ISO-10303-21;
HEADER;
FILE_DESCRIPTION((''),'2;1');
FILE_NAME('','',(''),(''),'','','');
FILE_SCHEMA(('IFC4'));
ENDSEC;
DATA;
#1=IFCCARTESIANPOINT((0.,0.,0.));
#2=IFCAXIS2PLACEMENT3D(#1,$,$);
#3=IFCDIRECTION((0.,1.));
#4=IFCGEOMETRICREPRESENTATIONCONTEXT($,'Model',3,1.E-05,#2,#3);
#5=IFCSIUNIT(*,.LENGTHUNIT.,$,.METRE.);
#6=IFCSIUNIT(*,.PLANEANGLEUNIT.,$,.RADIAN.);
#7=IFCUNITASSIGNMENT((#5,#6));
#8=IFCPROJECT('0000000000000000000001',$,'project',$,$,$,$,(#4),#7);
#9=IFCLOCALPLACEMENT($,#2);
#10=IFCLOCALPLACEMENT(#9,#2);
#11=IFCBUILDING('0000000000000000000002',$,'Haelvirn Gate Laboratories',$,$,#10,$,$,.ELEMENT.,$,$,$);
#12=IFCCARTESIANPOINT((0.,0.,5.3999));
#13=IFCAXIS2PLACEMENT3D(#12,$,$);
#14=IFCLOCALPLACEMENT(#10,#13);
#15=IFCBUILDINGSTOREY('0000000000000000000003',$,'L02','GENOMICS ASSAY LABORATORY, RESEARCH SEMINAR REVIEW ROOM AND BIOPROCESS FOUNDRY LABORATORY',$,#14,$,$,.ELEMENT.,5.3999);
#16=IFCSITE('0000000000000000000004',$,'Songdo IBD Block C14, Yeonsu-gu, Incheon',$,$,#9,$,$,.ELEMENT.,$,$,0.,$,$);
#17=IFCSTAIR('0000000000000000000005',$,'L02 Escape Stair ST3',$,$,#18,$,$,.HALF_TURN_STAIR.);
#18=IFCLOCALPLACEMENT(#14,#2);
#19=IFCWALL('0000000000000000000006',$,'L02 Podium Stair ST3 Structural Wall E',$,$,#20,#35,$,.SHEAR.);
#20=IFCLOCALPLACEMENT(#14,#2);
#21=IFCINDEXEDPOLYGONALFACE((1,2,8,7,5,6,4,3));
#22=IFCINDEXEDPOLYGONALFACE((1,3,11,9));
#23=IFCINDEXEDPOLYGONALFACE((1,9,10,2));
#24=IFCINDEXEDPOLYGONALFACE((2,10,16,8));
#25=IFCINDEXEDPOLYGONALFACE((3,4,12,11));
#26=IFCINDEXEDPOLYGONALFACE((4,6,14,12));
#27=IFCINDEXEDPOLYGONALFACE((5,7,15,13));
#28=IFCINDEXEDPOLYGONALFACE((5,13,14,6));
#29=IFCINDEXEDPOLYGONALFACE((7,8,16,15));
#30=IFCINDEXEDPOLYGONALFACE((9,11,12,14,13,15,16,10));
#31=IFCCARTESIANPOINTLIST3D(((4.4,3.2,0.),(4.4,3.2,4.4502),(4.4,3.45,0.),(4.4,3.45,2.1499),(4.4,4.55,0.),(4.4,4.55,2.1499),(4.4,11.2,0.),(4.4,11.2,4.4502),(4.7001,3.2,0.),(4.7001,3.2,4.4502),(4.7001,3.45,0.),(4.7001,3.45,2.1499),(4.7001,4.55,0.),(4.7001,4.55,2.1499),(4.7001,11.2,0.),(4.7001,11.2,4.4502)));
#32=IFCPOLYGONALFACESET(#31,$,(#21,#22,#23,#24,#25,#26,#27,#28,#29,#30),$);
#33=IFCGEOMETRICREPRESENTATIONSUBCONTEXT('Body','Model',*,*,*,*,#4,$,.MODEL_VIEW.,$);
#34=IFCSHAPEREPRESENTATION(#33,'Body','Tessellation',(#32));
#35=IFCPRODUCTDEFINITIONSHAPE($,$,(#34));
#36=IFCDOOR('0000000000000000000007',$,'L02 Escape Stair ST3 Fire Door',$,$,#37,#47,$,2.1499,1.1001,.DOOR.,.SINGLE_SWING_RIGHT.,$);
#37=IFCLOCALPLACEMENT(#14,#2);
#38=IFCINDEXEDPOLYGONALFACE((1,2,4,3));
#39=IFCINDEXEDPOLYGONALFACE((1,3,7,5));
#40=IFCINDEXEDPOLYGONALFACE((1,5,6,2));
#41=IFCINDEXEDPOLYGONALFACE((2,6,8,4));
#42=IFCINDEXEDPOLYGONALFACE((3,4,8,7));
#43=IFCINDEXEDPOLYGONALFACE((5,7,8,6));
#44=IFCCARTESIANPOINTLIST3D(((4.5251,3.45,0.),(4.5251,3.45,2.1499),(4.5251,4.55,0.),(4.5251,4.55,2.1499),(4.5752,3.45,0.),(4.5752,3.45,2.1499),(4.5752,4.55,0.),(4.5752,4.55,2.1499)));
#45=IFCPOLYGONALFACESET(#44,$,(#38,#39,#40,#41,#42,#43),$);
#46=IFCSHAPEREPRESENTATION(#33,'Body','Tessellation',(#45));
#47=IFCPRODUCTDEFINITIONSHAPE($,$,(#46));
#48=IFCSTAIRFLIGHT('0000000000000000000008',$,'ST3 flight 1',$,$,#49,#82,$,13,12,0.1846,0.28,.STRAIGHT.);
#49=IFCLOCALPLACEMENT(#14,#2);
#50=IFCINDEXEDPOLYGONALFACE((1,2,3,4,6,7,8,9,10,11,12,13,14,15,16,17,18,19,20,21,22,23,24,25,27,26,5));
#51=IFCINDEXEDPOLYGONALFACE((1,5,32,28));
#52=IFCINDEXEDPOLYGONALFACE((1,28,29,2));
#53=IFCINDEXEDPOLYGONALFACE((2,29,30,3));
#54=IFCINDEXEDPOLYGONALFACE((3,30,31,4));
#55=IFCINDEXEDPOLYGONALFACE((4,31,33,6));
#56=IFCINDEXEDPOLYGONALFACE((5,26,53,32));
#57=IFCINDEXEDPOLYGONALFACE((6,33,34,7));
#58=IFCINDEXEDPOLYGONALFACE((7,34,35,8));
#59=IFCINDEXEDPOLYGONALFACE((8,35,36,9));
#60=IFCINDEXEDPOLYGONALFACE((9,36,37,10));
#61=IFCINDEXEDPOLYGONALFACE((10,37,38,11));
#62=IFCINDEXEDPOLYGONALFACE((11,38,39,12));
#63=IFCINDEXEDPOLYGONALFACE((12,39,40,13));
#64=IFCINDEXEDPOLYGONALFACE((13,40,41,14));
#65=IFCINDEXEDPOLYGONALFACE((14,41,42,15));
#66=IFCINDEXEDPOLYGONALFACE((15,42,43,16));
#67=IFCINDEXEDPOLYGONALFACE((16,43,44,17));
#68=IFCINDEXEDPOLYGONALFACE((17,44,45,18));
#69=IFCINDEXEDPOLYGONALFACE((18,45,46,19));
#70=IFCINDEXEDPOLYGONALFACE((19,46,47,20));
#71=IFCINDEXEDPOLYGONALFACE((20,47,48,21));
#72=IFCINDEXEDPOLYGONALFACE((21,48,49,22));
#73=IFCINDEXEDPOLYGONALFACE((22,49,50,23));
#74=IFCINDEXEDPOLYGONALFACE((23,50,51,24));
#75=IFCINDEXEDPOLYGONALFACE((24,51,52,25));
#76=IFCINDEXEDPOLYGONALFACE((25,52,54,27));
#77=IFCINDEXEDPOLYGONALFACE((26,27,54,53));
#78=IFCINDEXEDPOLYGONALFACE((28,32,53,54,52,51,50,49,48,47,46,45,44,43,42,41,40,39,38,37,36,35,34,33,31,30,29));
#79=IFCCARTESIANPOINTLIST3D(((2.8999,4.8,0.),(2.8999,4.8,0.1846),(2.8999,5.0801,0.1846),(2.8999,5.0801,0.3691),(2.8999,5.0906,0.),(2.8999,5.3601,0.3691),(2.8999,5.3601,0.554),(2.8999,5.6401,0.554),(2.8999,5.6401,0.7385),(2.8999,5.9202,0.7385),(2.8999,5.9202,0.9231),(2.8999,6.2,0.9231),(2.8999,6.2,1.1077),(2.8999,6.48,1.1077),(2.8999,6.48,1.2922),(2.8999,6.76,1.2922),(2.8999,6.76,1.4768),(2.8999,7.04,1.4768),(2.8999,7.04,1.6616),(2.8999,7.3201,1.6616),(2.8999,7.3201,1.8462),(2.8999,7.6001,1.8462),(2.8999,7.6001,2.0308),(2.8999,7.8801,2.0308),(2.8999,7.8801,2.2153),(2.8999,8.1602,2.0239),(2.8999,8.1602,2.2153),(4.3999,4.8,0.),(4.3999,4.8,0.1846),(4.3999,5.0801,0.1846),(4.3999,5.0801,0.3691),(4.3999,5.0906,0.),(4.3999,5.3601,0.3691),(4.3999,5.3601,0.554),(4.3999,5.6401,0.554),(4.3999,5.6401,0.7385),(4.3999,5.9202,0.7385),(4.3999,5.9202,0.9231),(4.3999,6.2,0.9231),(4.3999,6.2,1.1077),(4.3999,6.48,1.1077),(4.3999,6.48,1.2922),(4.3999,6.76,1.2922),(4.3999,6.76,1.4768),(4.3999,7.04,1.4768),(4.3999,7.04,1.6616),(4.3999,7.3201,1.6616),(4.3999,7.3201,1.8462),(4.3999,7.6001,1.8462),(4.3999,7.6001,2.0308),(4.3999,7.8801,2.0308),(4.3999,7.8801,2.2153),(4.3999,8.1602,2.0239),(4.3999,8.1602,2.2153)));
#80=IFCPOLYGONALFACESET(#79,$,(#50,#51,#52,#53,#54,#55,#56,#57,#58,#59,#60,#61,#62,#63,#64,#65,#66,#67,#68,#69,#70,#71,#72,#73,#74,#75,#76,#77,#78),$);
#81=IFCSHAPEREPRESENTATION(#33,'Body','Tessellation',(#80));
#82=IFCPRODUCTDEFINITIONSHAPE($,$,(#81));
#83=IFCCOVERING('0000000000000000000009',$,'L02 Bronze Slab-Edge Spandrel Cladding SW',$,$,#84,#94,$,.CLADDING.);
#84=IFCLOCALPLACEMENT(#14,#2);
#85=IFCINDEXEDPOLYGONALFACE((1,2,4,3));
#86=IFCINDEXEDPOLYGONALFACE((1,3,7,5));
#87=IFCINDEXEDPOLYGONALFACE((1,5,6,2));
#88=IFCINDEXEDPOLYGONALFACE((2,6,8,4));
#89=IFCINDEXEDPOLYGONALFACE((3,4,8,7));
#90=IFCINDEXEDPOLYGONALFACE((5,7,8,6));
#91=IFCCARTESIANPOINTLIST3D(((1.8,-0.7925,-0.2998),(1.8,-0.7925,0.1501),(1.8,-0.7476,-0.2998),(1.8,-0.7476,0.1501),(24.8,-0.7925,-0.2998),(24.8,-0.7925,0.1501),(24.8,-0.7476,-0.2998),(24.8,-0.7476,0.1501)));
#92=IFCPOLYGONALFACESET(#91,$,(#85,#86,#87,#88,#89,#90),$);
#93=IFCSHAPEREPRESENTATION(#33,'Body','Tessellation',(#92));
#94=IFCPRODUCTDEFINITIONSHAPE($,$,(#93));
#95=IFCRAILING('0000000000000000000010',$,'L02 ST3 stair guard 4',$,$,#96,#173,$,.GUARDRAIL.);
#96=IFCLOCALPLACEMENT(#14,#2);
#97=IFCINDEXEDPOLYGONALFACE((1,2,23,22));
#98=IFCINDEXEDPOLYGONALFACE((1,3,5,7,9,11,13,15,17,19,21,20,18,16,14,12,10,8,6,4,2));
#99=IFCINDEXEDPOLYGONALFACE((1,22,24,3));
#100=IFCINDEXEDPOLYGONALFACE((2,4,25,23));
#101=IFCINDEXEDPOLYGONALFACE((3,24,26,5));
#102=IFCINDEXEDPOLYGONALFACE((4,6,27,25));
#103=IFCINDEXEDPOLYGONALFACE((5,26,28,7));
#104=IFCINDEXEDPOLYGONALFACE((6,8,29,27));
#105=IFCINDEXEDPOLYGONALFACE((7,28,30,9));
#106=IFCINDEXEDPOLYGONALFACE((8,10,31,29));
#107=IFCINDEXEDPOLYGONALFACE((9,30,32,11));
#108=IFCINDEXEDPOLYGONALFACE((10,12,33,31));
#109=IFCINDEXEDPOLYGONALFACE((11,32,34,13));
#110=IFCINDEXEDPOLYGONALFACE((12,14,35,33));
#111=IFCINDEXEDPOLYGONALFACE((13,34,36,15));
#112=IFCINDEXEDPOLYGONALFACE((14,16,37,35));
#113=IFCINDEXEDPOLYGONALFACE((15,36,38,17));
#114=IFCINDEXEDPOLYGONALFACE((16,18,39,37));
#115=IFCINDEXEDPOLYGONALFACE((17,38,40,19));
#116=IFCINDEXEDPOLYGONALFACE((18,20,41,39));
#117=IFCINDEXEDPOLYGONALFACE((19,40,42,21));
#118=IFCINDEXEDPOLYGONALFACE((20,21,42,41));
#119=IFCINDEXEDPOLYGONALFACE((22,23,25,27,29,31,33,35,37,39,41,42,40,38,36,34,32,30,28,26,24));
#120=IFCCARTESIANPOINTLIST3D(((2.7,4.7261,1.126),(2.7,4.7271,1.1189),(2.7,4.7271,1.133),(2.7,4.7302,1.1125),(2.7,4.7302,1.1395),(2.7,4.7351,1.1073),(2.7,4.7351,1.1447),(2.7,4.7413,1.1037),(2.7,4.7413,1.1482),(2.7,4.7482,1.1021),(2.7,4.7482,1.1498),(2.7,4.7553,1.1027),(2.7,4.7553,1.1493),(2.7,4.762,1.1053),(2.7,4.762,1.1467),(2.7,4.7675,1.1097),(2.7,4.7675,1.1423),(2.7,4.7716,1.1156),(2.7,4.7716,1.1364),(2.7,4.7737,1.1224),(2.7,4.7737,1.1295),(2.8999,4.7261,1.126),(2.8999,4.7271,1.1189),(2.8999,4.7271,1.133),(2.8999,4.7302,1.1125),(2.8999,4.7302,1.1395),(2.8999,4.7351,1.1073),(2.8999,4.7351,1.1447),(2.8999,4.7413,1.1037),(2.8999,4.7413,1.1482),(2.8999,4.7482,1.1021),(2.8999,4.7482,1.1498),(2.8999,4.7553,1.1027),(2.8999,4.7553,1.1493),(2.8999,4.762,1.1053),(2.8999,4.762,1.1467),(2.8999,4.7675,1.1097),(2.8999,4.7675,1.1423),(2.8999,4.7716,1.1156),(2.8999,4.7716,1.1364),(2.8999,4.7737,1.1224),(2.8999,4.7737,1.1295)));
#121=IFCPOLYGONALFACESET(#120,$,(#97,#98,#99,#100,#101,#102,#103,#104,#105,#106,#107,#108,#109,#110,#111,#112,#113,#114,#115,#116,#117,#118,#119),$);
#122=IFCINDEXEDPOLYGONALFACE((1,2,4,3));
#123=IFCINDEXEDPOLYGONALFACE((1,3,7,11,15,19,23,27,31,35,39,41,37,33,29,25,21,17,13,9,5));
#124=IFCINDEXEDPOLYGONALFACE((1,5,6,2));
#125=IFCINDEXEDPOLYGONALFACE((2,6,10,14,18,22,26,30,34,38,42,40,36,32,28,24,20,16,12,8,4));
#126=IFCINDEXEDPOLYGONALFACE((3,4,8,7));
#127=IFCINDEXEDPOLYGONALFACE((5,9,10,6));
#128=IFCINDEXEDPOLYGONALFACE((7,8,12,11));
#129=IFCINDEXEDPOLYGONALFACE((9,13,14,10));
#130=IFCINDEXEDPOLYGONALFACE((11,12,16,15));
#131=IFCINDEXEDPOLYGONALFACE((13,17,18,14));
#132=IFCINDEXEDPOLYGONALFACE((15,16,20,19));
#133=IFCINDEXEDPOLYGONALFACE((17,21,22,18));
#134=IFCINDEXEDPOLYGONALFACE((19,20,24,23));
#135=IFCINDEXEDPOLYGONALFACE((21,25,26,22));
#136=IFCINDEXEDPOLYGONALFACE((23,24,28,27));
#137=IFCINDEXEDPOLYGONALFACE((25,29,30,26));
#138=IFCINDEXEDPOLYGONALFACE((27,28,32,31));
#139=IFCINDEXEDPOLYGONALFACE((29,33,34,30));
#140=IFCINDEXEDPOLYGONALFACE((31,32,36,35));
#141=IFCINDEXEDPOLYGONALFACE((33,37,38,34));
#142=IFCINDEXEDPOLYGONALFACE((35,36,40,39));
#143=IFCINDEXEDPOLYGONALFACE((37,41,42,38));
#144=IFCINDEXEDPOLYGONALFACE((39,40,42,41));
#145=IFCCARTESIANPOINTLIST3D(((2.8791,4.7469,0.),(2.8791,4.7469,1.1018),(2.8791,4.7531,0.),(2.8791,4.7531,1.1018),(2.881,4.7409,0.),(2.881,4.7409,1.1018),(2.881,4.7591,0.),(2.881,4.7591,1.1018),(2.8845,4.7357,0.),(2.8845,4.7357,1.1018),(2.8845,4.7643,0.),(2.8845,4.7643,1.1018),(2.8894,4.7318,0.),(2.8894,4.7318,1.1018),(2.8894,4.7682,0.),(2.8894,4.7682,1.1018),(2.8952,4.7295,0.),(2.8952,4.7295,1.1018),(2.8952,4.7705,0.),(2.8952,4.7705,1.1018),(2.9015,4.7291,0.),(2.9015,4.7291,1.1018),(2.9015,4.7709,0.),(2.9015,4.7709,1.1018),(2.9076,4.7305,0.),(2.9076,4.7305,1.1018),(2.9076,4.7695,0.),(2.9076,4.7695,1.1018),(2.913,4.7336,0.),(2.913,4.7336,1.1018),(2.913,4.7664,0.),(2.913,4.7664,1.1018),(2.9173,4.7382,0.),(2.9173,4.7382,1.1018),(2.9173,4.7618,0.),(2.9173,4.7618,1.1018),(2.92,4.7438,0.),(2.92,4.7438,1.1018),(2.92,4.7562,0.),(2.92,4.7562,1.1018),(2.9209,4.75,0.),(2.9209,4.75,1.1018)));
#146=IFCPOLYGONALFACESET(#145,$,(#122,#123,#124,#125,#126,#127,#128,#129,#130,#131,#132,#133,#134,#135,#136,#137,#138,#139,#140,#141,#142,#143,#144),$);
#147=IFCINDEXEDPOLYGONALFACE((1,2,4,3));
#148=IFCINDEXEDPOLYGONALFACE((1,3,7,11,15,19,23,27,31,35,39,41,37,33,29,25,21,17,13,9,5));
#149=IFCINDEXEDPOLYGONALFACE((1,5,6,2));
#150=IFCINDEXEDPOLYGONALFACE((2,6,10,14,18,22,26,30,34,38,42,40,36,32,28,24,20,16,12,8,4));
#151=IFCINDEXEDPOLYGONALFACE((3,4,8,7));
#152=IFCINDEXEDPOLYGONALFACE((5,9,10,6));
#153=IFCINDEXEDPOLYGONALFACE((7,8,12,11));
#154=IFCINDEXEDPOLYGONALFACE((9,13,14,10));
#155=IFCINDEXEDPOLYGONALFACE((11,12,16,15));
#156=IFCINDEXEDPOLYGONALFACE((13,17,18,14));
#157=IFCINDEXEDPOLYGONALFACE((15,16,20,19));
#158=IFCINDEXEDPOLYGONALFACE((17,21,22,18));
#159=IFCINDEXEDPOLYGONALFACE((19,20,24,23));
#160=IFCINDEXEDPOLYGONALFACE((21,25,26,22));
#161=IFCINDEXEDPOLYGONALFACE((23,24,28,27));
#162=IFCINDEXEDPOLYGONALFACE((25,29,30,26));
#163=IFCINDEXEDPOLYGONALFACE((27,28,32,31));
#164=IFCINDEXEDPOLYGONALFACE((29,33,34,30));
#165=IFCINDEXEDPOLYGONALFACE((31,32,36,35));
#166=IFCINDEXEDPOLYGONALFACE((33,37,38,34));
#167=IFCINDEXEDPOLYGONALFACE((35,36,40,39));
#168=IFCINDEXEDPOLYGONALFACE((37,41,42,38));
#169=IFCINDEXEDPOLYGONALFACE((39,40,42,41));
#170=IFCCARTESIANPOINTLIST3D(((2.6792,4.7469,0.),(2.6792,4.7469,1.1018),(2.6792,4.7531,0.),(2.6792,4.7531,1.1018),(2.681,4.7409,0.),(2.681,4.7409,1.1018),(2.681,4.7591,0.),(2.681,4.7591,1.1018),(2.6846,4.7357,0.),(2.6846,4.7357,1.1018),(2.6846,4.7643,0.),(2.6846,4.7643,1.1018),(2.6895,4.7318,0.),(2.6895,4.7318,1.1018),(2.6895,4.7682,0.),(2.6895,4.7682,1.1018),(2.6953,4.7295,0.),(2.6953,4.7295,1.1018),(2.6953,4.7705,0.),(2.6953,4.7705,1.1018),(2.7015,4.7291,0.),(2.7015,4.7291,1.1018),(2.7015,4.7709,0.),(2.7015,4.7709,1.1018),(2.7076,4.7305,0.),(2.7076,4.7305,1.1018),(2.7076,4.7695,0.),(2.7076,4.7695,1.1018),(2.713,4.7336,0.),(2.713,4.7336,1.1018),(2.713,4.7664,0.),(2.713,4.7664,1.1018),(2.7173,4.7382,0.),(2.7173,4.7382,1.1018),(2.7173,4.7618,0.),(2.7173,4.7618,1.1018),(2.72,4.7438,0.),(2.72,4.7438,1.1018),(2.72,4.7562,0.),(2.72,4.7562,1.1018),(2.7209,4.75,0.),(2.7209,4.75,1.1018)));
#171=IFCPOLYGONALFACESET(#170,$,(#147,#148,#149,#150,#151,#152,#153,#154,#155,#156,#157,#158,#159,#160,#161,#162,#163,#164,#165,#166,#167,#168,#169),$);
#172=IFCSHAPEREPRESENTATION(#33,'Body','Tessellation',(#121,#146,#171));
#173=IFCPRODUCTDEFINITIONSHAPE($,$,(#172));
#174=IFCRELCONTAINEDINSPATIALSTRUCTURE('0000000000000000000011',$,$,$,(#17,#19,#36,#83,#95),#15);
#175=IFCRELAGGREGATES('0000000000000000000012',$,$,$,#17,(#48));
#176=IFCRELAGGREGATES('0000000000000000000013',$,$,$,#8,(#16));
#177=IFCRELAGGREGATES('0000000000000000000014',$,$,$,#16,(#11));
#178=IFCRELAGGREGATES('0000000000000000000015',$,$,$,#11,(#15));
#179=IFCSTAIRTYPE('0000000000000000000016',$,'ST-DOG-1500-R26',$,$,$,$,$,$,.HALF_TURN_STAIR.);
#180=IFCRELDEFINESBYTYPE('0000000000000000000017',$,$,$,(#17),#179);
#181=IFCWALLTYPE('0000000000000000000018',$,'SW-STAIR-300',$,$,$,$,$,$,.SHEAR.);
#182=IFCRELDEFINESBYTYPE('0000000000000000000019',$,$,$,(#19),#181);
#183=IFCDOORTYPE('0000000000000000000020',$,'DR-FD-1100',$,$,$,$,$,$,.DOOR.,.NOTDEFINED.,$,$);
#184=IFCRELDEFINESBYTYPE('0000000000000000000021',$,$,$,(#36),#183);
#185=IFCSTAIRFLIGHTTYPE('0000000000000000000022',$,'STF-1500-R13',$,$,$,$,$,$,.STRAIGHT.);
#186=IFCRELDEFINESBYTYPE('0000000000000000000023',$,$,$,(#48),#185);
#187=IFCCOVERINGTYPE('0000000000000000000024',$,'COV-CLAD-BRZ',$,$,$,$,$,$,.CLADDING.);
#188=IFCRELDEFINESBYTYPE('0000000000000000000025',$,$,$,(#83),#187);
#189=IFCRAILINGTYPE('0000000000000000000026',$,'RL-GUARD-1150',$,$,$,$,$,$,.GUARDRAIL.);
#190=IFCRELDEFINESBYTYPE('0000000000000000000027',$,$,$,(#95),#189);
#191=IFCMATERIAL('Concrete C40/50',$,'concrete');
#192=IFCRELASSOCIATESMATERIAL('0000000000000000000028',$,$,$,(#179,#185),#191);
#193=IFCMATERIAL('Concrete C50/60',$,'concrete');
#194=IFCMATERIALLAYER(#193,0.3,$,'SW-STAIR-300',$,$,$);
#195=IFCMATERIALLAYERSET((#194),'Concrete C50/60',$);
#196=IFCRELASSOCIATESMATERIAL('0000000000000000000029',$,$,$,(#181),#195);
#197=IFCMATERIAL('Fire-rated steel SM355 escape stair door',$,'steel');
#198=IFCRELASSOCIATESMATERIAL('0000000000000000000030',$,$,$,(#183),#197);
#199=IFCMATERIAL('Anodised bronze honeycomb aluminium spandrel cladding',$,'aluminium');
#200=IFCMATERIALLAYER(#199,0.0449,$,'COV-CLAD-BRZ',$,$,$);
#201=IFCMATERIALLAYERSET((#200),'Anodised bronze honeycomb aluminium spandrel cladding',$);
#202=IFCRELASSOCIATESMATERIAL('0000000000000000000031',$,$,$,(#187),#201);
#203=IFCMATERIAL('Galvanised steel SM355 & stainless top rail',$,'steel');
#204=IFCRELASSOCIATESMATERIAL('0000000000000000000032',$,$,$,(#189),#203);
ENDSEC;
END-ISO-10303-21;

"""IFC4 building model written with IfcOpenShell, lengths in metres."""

from ifc_helpers import new_model, si_unit, direction, frame, frame_2d, origin, origin_2d, place, context, subcontext, project, spatial, polyline, rectangle, circle, outline, extrude, source, transform, mapped, material, layer, layer_set, type_object, type_shapes, element, fill, aggregate, save


model = new_model("IFC4")

# Units and contexts
model_context = context("Model", 3, precision=1e-05, world=origin(), true_north=direction((0.0, 1.0)))
body_context = subcontext(model_context, "Body", "Model", "MODEL_VIEW")
ifc_project = project(units=[si_unit("LENGTHUNIT", "METRE"), si_unit("PLANEANGLEUNIT", "RADIAN")], contexts=[model_context])

# Site, building, storey
site_placement = place(None, origin())
site = spatial("IfcSite", under=ifc_project, at=site_placement, Name="Songdo IBD Block C14, Yeonsu-gu, Incheon", CompositionType="ELEMENT", RefElevation=0.0)
building_placement = place(site_placement, origin())
building = spatial("IfcBuilding", under=site, at=building_placement, Name="Haelvirn Gate Laboratories", CompositionType="ELEMENT")
storey_placement = place(building_placement, frame((0.0, 0.0, 5.3999)))
storey = spatial("IfcBuildingStorey", under=building, at=storey_placement, Name="L02", Description="GENOMICS ASSAY LABORATORY, RESEARCH SEMINAR REVIEW ROOM AND BIOPROCESS FOUNDRY LABORATORY", CompositionType="ELEMENT", Elevation=5.3999)

# Shared definitions
ifc_material_1 = material(Name="Concrete C50/60", Category="concrete")

# Stair
ifc_material_2 = material(Name="Concrete C40/50", Category="concrete")
stair_type_1 = type_object("IfcStairType", Name="ST-DOG-1500-R26", PredefinedType="HALF_TURN_STAIR", material=ifc_material_2)
stair_1_placement = place(storey_placement, origin())
stair_1 = element("IfcStair", 1, at=stair_1_placement, inside=storey, type_object=stair_type_1, Name="L02 Escape Stair ST3", PredefinedType="HALF_TURN_STAIR")

# Shared definitions
ifc_layer_1 = layer(ifc_material_1, 0.3, Name="SW-STAIR-300")
ifc_layer_set_1 = layer_set([ifc_layer_1], Name="Concrete C50/60")
wall_type_1 = type_object("IfcWallType", Name="SW-STAIR-300", PredefinedType="SHEAR", material=ifc_layer_set_1)

# Wall, opening, door
wall_1_placement = place(storey_placement, frame((4.55, 3.2, 0.0), z_axis=(0.0, 0.0, 1.0), x_axis=(0.0, 1.0, 0.0)))
wall_1 = element("IfcWall", 2, at=wall_1_placement, inside=storey, type_object=wall_type_1, Name="L02 Podium Stair ST3 Structural Wall E", PredefinedType="SHEAR", context=body_context, shape_type="SweptSolid", body=[
    extrude(rectangle(XDim=8.0, YDim=0.3, at=frame_2d((4.0, 0.0))), origin(), (0.0, 0.0, 1.0), 4.4502),
])
opening_placement = place(wall_1_placement, frame((0.25, 0.0, 0.0)))
opening = element("IfcOpeningElement", 3, at=opening_placement, cuts=wall_1, PredefinedType="OPENING", context=body_context, shape_type="SweptSolid", body=[
    extrude(rectangle(XDim=1.1001, YDim=2.1499, at=frame_2d((0.55, 1.075))), frame((0.0, 0.1602, 0.0), z_axis=(0.0, -1.0, 0.0), x_axis=(1.0, 0.0, 0.0)), (0.0, 0.0, 1.0), 0.3201),
])
ifc_material_3 = material(Name="Fire-rated steel SM355 escape stair door", Category="steel")
door_type = type_object("IfcDoorType", Name="DR-FD-1100", OperationType="NOTDEFINED", PredefinedType="DOOR", material=ifc_material_3)
shared_shape_1 = source(origin(), body_context, "Body", "SweptSolid", [
    extrude(rectangle(XDim=1.1001, YDim=2.1499, at=frame_2d((0.55, 1.075))), frame((0.0, 0.0249, 0.0), z_axis=(0.0, -1.0, 0.0), x_axis=(1.0, 0.0, 0.0)), (0.0, 0.0, 1.0), 0.05),
])
type_shapes(door_type, [shared_shape_1])
door_placement = place(opening_placement, origin())
door = element("IfcDoor", 4, at=door_placement, inside=storey, type_object=door_type, Name="L02 Escape Stair ST3 Fire Door", OperationType="SINGLE_SWING_RIGHT", OverallHeight=2.1499, OverallWidth=1.1001, PredefinedType="DOOR", context=body_context, shape_type="MappedRepresentation", body=[
    mapped(shared_shape_1, transform((0.0, 0.0, 0.0), scale=1.0)),
])
fill(opening, door)

# Stair flight
stair_flight_type = type_object("IfcStairFlightType", Name="STF-1500-R13", PredefinedType="STRAIGHT", material=ifc_material_2)
shared_shape_2 = source(origin(), body_context, "Body", "SweptSolid", [
    extrude(outline(polyline([(0.0, 0.0), (0.0, 0.1846), (0.28, 0.1846), (0.28, 0.3691), (0.5601, 0.3691), (0.5601, 0.554), (0.8401, 0.554), (0.8401, 0.7385), (1.1201, 0.7385), (1.1201, 0.9231), (1.3999, 0.9231), (1.3999, 1.1077), (1.6799, 1.1077), (1.6799, 1.2922), (1.96, 1.2922), (1.96, 1.4768), (2.24, 1.4768), (2.24, 1.6616), (2.52, 1.6616), (2.52, 1.8462), (2.8, 1.8462), (2.8, 2.0308), (3.0801, 2.0308), (3.0801, 2.2153), (3.3601, 2.2153), (3.3601, 2.3999), (3.3601, 2.0239), (0.2905, 0.0), (0.0, 0.0)])), frame((0.0, 0.75, 0.0), z_axis=(0.0, -1.0, 0.0), x_axis=(1.0, 0.0, 0.0)), (0.0, 0.0, 1.0), 1.5),
])
type_shapes(stair_flight_type, [shared_shape_2])
stair_flight_placement = place(storey_placement, frame((3.6499, 4.8, 0.0), z_axis=(0.0, 0.0, 1.0), x_axis=(0.0, 1.0, 0.0)))
stair_flight = element("IfcStairFlight", 5, at=stair_flight_placement, type_object=stair_flight_type, Name="ST3 flight 1", NumberOfRisers=13, NumberOfTreads=12, PredefinedType="STRAIGHT", RiserHeight=0.1846, TreadLength=0.28, context=body_context, shape_type="MappedRepresentation", body=[
    mapped(shared_shape_2, transform((0.0, 0.0, 0.0), scale=1.0)),
])
aggregate(stair_1, [stair_flight])

# Covering
ifc_material_4 = material(Name="Anodised bronze honeycomb aluminium spandrel cladding", Category="aluminium")
ifc_layer_2 = layer(ifc_material_4, 0.0449, Name="COV-CLAD-BRZ")
ifc_layer_set_2 = layer_set([ifc_layer_2], Name="Anodised bronze honeycomb aluminium spandrel cladding")
covering_type = type_object("IfcCoveringType", Name="COV-CLAD-BRZ", PredefinedType="CLADDING", material=ifc_layer_set_2)
covering_placement = place(storey_placement, frame((1.8, -0.77, -0.2998), z_axis=(0.0, 0.0, 1.0), x_axis=(1.0, 0.0, 0.0)))
element("IfcCovering", 6, at=covering_placement, inside=storey, type_object=covering_type, Name="L02 Bronze Slab-Edge Spandrel Cladding SW", PredefinedType="CLADDING", context=body_context, shape_type="SweptSolid", body=[
    extrude(rectangle(XDim=23.0, YDim=0.0449, at=frame_2d((11.5, 0.0))), origin(), (0.0, 0.0, 1.0), 0.45),
])

# Railing
ifc_material_5 = material(Name="Galvanised steel SM355 & stainless top rail", Category="steel")
railing_type_1 = type_object("IfcRailingType", Name="RL-GUARD-1150", PredefinedType="GUARDRAIL", material=ifc_material_5)
shared_shape_3 = source(origin(), body_context, "Body", "SweptSolid", [
    extrude(circle(Radius=0.0239, at=origin_2d()), frame((0.0, 0.0, 1.126), z_axis=(-1.0, 0.0, 0.0), x_axis=(0.0, -1.0, 0.0)), (0.0, 0.0, 1.0), 0.2),
    extrude(circle(Radius=0.021, at=origin_2d()), origin(), (0.0, 0.0, 1.0), 1.1018),
    extrude(circle(Radius=0.021, at=origin_2d()), frame((-0.2, 0.0, 0.0)), (0.0, 0.0, 1.0), 1.1018),
])
railing_1_placement = place(storey_placement, frame((2.8999, 4.75, 0.0)))
element("IfcRailing", 7, at=railing_1_placement, inside=storey, type_object=railing_type_1, Name="L02 ST3 stair guard 4", PredefinedType="GUARDRAIL", context=body_context, shape_type="MappedRepresentation", body=[
    mapped(shared_shape_3, transform((0.0, 0.0, 0.0), scale=1.0)),
])

save(model, "model.ifc")
